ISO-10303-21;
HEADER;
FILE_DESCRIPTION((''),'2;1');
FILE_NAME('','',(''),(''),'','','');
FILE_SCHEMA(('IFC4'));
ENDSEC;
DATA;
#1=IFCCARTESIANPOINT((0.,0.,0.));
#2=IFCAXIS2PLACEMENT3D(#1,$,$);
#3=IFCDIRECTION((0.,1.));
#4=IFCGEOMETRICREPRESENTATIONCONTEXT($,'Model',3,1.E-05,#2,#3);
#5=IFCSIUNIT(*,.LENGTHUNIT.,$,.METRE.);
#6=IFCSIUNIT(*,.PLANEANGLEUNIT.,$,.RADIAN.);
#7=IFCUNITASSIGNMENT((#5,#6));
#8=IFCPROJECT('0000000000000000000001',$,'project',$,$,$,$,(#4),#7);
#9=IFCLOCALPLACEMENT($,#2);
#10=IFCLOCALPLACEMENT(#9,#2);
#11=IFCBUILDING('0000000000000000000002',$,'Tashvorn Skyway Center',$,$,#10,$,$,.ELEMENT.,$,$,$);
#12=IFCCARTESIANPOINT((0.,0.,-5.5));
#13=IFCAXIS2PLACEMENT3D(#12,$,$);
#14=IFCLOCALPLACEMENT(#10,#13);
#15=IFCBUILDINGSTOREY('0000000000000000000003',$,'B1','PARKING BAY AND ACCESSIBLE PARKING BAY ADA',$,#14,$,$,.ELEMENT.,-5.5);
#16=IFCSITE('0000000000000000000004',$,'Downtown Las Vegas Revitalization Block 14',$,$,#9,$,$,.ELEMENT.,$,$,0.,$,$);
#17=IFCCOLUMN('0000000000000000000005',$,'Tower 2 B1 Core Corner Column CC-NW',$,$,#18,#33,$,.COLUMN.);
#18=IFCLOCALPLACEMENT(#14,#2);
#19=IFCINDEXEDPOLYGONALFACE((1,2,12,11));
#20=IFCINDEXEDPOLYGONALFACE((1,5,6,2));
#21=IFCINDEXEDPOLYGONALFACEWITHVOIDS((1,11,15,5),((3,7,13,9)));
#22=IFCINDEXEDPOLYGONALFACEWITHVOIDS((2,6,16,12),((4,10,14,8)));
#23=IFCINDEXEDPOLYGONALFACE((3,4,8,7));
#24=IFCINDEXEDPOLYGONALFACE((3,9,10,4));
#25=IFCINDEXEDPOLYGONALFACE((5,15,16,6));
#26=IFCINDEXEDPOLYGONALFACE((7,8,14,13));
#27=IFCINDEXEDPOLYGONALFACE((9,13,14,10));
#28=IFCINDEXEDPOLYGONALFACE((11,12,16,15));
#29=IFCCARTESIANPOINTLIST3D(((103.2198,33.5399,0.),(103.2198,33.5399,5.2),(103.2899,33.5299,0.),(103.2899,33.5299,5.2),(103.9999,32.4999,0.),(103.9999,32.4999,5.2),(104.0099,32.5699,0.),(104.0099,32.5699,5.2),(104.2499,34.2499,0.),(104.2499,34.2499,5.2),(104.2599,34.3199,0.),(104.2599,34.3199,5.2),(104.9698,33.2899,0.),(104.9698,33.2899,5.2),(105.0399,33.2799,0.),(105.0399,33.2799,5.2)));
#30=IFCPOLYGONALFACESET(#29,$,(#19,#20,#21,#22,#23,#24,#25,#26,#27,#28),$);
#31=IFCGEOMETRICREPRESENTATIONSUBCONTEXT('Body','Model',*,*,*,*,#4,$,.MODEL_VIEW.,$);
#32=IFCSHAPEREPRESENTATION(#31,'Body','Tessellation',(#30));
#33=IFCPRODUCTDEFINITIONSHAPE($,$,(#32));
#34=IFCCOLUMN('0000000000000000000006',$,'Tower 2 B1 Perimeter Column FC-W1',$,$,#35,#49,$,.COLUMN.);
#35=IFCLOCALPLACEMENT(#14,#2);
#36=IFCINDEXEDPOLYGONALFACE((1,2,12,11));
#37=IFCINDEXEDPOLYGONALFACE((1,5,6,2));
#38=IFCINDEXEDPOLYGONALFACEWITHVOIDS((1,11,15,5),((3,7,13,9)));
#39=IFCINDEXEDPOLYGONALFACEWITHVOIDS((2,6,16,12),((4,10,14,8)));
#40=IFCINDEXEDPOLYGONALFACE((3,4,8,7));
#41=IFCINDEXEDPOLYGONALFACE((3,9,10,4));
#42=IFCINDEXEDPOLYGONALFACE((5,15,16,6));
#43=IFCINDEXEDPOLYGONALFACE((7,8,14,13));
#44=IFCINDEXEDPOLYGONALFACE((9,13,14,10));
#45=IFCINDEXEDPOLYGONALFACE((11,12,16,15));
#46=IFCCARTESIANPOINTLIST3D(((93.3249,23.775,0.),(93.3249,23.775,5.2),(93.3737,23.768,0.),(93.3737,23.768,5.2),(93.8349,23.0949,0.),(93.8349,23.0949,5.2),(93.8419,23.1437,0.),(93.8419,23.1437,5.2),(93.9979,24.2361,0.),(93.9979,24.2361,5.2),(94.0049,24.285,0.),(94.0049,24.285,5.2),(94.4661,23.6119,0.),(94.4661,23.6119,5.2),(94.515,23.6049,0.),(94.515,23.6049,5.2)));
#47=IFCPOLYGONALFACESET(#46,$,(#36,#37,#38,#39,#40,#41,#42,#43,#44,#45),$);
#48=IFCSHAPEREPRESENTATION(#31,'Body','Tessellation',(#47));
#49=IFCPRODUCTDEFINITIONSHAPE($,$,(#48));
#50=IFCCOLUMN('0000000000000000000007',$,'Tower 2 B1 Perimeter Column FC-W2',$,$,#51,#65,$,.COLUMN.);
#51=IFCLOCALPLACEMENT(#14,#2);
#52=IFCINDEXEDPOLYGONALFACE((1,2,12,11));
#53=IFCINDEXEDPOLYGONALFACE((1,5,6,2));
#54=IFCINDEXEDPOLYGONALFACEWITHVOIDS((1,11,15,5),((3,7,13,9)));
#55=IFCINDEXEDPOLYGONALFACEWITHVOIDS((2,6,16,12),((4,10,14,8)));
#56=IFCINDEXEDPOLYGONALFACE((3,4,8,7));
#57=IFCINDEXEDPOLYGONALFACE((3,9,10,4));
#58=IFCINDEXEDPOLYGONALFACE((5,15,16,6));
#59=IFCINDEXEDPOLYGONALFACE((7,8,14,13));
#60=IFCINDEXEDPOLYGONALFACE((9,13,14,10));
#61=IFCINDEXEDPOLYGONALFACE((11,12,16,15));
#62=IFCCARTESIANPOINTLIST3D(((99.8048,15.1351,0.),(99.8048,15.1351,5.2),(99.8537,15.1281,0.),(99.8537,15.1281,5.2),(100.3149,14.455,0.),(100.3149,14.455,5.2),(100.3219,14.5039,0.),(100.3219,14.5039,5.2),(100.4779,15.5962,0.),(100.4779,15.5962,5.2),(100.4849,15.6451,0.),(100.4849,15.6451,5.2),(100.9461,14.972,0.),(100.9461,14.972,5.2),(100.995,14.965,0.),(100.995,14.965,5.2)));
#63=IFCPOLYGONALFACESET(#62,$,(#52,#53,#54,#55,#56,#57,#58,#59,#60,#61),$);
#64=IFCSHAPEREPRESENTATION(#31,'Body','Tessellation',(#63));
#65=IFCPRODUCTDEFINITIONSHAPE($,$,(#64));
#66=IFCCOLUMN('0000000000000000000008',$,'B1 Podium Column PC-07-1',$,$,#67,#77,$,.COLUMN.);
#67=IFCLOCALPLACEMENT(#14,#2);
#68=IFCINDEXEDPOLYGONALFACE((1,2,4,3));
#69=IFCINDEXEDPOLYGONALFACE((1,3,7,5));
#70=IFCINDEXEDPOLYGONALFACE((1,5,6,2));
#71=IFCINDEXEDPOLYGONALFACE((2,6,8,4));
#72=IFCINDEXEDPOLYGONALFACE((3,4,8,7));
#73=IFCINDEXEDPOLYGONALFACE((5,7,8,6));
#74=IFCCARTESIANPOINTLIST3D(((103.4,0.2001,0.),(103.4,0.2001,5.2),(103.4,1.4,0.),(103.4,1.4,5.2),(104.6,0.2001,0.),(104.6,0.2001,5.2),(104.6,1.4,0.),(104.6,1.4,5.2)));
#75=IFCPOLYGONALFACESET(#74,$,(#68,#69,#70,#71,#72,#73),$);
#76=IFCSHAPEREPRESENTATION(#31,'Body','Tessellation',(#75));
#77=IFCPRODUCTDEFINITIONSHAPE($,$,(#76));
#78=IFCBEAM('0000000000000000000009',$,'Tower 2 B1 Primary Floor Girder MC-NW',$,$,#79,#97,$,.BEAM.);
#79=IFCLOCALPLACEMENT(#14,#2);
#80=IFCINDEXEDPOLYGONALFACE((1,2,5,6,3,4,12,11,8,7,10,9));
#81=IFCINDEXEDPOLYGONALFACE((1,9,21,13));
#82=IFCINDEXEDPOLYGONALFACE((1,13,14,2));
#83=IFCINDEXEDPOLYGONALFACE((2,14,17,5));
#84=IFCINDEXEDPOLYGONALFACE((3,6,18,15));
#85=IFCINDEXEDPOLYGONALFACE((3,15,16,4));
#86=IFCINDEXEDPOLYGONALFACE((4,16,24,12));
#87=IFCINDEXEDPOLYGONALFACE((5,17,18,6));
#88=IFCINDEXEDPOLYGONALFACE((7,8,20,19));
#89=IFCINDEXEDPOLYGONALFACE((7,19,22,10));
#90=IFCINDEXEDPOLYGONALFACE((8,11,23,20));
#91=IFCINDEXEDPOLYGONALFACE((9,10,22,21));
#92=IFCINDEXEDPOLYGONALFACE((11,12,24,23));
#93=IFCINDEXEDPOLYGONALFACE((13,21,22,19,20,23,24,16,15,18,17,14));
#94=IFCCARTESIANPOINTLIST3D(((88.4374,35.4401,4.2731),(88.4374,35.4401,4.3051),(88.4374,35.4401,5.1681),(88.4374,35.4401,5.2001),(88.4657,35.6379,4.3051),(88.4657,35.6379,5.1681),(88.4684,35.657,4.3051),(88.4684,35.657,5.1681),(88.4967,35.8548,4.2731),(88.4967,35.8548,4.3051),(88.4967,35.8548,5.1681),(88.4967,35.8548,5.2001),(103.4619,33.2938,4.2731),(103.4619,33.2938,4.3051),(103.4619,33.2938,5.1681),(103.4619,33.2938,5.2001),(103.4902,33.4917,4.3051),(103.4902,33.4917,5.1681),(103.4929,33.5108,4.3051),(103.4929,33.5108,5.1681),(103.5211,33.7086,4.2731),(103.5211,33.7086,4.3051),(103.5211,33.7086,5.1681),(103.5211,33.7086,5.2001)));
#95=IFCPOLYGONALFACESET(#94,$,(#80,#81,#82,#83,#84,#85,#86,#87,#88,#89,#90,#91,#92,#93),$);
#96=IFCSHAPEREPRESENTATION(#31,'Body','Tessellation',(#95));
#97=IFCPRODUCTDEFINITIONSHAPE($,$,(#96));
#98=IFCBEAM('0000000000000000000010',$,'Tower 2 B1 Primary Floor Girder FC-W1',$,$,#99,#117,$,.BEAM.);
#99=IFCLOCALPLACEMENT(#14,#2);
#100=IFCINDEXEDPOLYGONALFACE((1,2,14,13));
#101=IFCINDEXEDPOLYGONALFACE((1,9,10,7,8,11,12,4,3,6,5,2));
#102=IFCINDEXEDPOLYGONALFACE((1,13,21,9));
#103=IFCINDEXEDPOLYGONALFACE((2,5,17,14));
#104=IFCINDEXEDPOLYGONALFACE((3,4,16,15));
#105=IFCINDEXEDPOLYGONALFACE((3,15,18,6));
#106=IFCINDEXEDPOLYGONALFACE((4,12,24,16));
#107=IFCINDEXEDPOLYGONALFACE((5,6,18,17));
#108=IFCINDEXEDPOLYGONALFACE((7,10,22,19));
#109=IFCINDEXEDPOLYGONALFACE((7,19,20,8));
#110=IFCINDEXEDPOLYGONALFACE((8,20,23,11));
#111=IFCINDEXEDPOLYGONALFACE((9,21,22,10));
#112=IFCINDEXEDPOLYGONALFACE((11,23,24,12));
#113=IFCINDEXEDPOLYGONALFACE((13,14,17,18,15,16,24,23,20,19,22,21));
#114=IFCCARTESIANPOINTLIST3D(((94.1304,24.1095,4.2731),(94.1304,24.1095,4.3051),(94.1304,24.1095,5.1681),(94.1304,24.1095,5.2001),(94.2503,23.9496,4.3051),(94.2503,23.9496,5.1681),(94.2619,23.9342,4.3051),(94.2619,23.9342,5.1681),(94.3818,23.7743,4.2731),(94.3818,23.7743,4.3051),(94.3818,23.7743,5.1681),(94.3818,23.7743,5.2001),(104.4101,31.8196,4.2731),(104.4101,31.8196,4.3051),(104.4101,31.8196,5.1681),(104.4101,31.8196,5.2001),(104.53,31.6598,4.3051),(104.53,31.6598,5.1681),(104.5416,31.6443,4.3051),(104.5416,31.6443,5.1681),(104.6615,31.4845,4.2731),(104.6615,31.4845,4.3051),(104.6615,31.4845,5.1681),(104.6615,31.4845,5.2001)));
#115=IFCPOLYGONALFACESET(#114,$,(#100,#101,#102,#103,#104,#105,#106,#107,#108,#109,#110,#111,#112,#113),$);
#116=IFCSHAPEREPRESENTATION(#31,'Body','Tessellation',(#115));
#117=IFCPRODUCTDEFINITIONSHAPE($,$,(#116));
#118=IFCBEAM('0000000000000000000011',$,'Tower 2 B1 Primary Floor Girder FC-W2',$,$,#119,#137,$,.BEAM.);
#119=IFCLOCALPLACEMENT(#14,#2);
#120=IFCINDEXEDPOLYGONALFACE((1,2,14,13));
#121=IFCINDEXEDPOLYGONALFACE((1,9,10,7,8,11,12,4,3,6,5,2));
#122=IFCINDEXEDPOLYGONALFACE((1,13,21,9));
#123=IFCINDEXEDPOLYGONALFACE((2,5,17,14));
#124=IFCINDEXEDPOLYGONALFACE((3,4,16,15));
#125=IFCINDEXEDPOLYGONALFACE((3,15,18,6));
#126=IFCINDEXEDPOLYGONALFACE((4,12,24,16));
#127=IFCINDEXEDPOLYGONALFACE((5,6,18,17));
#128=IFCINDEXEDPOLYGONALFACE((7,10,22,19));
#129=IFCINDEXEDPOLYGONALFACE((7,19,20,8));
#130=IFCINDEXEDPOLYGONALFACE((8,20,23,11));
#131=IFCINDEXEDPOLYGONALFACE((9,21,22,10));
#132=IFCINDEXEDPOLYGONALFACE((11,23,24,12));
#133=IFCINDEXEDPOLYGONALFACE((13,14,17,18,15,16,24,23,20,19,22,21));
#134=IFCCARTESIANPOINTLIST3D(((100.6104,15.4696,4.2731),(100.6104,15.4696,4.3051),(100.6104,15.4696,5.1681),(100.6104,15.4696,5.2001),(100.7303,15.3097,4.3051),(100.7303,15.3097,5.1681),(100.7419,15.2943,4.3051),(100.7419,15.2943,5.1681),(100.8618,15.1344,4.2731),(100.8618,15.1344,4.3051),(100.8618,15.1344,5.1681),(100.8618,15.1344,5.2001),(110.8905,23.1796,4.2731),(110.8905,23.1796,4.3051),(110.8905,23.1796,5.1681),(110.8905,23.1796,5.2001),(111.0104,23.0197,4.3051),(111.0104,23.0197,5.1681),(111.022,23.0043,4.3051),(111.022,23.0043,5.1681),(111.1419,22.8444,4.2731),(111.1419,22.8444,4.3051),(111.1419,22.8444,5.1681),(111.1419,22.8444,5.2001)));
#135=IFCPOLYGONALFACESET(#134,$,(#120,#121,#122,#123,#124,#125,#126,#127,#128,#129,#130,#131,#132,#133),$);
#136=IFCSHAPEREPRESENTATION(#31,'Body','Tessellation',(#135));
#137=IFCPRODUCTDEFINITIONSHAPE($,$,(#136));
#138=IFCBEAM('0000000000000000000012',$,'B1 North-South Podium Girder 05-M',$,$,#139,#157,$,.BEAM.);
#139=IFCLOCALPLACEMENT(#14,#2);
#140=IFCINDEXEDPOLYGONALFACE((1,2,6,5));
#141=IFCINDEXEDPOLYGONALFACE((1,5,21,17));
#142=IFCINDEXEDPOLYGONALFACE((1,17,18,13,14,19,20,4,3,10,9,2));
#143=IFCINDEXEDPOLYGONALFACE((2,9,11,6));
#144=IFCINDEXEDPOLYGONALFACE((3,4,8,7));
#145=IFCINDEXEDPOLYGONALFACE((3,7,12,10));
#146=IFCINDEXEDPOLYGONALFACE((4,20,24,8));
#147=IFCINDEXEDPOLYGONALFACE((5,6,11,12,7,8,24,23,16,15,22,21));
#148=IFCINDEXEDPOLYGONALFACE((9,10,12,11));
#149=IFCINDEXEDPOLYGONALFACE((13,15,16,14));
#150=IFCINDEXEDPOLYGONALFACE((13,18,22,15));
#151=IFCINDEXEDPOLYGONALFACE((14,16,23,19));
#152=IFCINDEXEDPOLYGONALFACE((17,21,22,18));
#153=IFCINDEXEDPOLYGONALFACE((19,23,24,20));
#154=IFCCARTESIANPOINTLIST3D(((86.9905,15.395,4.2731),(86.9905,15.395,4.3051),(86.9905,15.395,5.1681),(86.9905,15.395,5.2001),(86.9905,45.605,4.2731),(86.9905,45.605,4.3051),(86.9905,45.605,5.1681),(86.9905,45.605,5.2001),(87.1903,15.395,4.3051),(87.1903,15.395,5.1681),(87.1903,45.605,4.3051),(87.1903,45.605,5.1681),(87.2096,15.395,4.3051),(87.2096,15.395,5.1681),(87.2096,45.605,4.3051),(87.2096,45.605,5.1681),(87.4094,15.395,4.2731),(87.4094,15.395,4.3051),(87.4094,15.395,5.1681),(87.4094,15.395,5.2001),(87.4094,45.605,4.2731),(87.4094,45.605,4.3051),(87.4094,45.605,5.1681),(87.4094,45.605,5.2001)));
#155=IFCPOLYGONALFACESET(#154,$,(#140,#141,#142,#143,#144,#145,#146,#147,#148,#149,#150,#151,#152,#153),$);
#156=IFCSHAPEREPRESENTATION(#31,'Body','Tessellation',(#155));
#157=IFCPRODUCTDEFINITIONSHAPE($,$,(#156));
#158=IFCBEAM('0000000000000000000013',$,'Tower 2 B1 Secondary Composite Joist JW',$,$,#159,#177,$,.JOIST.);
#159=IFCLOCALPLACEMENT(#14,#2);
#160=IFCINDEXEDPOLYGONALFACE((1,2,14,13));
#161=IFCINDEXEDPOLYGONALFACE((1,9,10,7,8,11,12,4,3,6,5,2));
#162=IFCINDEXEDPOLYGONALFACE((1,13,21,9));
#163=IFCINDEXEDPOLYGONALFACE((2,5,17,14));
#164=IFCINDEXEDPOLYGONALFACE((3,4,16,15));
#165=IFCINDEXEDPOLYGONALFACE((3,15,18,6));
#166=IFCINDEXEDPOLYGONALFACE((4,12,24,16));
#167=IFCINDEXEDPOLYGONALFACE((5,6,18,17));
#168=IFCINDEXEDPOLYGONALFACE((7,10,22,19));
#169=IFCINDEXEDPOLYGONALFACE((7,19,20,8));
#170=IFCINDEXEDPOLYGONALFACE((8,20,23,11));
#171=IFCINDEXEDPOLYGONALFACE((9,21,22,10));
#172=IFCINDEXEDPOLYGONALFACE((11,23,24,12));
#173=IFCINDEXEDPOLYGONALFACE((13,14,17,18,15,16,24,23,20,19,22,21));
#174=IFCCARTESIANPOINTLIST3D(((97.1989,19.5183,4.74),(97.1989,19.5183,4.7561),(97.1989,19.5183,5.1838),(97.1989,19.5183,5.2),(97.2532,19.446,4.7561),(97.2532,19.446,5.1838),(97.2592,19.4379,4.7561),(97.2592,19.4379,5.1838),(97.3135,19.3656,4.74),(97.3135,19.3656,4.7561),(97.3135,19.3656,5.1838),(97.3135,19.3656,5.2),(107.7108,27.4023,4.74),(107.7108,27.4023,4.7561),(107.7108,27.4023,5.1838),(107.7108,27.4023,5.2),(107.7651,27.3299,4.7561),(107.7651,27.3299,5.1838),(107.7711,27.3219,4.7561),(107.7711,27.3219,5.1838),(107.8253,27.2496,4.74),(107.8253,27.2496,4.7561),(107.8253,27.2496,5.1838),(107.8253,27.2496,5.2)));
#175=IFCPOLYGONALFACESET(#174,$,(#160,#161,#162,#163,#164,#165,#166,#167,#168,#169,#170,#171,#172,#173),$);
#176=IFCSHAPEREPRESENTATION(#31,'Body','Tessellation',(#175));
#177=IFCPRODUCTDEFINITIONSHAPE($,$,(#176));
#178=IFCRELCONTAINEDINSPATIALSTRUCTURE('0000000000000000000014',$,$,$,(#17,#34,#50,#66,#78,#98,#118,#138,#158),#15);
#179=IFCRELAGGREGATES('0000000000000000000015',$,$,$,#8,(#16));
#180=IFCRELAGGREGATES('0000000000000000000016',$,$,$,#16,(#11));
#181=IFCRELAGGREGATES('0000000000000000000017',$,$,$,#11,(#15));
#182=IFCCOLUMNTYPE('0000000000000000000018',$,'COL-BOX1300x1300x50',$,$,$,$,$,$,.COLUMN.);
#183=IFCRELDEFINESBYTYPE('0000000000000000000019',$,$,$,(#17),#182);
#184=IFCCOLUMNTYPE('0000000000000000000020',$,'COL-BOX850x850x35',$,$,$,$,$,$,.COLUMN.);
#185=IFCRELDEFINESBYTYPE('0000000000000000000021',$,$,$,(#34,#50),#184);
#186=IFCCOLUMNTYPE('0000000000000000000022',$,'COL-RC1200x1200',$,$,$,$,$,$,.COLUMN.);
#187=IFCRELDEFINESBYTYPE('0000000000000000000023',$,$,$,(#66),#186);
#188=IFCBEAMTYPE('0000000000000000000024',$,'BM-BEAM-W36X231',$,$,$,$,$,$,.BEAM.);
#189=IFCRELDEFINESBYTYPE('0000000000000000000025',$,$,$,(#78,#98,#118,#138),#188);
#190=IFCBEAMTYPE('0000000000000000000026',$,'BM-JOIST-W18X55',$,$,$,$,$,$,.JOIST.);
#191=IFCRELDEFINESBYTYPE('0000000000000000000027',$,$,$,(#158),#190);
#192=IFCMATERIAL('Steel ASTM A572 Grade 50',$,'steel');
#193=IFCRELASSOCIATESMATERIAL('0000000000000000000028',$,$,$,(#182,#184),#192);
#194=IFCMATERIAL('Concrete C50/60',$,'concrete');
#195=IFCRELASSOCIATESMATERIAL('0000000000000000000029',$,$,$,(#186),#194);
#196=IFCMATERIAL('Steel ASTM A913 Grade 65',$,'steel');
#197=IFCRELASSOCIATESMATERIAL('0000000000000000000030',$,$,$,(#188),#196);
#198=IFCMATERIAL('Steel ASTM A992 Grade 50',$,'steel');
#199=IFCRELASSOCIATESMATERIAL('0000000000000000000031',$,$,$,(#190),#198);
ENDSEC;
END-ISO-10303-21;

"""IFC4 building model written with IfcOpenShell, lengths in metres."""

from ifc_helpers import new_model, si_unit, direction, frame, origin, origin_2d, place, context, subcontext, project, spatial, rectangle, hollow_rectangle, i_section, extrude, material, material_profile, profile_set, type_object, element, save


model = new_model("IFC4")

# Units and contexts
model_context = context("Model", 3, precision=1e-05, world=origin(), true_north=direction((0.0, 1.0)))
body_context = subcontext(model_context, "Body", "Model", "MODEL_VIEW")
ifc_project = project(units=[si_unit("LENGTHUNIT", "METRE"), si_unit("PLANEANGLEUNIT", "RADIAN")], contexts=[model_context])

# Site, building, storey
site_placement = place(None, origin())
site = spatial("IfcSite", under=ifc_project, at=site_placement, Name="Downtown Las Vegas Revitalization Block 14", CompositionType="ELEMENT", RefElevation=0.0)
building_placement = place(site_placement, origin())
building = spatial("IfcBuilding", under=site, at=building_placement, Name="Tashvorn Skyway Center", CompositionType="ELEMENT")
storey_placement = place(building_placement, frame((0.0, 0.0, -5.5)))
storey = spatial("IfcBuildingStorey", under=building, at=storey_placement, Name="B1", Description="PARKING BAY AND ACCESSIBLE PARKING BAY ADA", CompositionType="ELEMENT", Elevation=-5.5)

# Columns
ifc_material_1 = material(Name="Steel ASTM A572 Grade 50", Category="steel")
ifc_material_profile_1 = material_profile(ifc_material_1, hollow_rectangle(XDim=1.3, YDim=1.3, WallThickness=0.05, at=origin_2d()), Name="BOX1300x1300x50")
ifc_profile_set_1 = profile_set([ifc_material_profile_1], Name="Steel ASTM A572 Grade 50")
column_type_1 = type_object("IfcColumnType", Name="COL-BOX1300x1300x50", PredefinedType="COLUMN", material=ifc_profile_set_1)
column_1_placement = place(storey_placement, frame((104.1299, 33.4099, 0.0), z_axis=(0.0, 0.0, 1.0), x_axis=(0.8, 0.6, 0.0)))
element("IfcColumn", 1, at=column_1_placement, inside=storey, type_object=column_type_1, Name="Tower 2 B1 Core Corner Column CC-NW", PredefinedType="COLUMN", context=body_context, shape_type="SweptSolid", body=[
    extrude(hollow_rectangle(XDim=1.3, YDim=1.3, WallThickness=0.05, at=origin_2d()), origin(), (0.0, 0.0, 1.0), 5.2),
])
ifc_material_profile_2 = material_profile(ifc_material_1, hollow_rectangle(XDim=0.8501, YDim=0.8501, WallThickness=0.0349, at=origin_2d()), Name="BOX850x850x35")
ifc_profile_set_2 = profile_set([ifc_material_profile_2], Name="Steel ASTM A572 Grade 50")
column_type_2 = type_object("IfcColumnType", Name="COL-BOX850x850x35", PredefinedType="COLUMN", material=ifc_profile_set_2)
for number, where, z_axis, x_axis, name in (
    (2, (93.9199, 23.6899, 0.0), (0.0, 0.0, 1.0), (0.8, 0.6, 0.0), "Tower 2 B1 Perimeter Column FC-W1"),
    (3, (100.3999, 15.05, 0.0), (0.0, 0.0, 1.0), (0.8, 0.6, 0.0), "Tower 2 B1 Perimeter Column FC-W2"),
):
    element("IfcColumn", number, at=place(storey_placement, frame(where, z_axis=z_axis, x_axis=x_axis)), inside=storey, type_object=column_type_2, Name=name, PredefinedType="COLUMN", context=body_context, shape_type="SweptSolid", body=[
        extrude(hollow_rectangle(XDim=0.8501, YDim=0.8501, WallThickness=0.0349, at=origin_2d()), origin(), (0.0, 0.0, 1.0), 5.2),
    ])
ifc_material_2 = material(Name="Concrete C50/60", Category="concrete")
ifc_material_profile_3 = material_profile(ifc_material_2, rectangle(XDim=1.2, YDim=1.2, at=origin_2d()), Name="RC1200x1200")
ifc_profile_set_3 = profile_set([ifc_material_profile_3], Name="Concrete C50/60")
column_type_3 = type_object("IfcColumnType", Name="COL-RC1200x1200", PredefinedType="COLUMN", material=ifc_profile_set_3)
column_2_placement = place(storey_placement, frame((104.0, 0.8, 0.0), z_axis=(0.0, 0.0, 1.0), x_axis=(1.0, 0.0, 0.0)))
element("IfcColumn", 4, at=column_2_placement, inside=storey, type_object=column_type_3, Name="B1 Podium Column PC-07-1", PredefinedType="COLUMN", context=body_context, shape_type="SweptSolid", body=[
    extrude(rectangle(XDim=1.2, YDim=1.2, at=origin_2d()), origin(), (0.0, 0.0, 1.0), 5.2),
])

# Beams
ifc_material_3 = material(Name="Steel ASTM A913 Grade 65", Category="steel")
ifc_material_profile_4 = material_profile(ifc_material_3, i_section(OverallWidth=0.4189, OverallDepth=0.927, WebThickness=0.0193, FlangeThickness=0.032, at=origin_2d()), Name="W36X231")
ifc_profile_set_4 = profile_set([ifc_material_profile_4], Name="Steel ASTM A913 Grade 65")
beam_type_1 = type_object("IfcBeamType", Name="BM-BEAM-W36X231", PredefinedType="BEAM", material=ifc_profile_set_4)
beam_1_placement = place(storey_placement, frame((88.467, 35.6475, 4.7366), z_axis=(0.98995, -0.141415, 0.0), x_axis=(0.141415, 0.98995, 0.0)))
element("IfcBeam", 5, at=beam_1_placement, inside=storey, type_object=beam_type_1, Name="Tower 2 B1 Primary Floor Girder MC-NW", PredefinedType="BEAM", context=body_context, shape_type="SweptSolid", body=[
    extrude(i_section(OverallWidth=0.4189, OverallDepth=0.927, WebThickness=0.0193, FlangeThickness=0.032, at=origin_2d()), origin(), (0.0, 0.0, 1.0), 15.177),
])
beam_2_placement = place(storey_placement, frame((94.2561, 23.9419, 4.7366), z_axis=(0.799986, 0.600018, 0.0), x_axis=(-0.600018, 0.799986, 0.0)))
element("IfcBeam", 6, at=beam_2_placement, inside=storey, type_object=beam_type_1, Name="Tower 2 B1 Primary Floor Girder FC-W1", PredefinedType="BEAM", context=body_context, shape_type="SweptSolid", body=[
    extrude(i_section(OverallWidth=0.4189, OverallDepth=0.927, WebThickness=0.0193, FlangeThickness=0.032, at=origin_2d()), origin(), (0.0, 0.0, 1.0), 12.8499),
])
beam_3_placement = place(storey_placement, frame((100.7361, 15.302, 4.7366), z_axis=(0.800002, 0.599997, 0.0), x_axis=(-0.599997, 0.800002, 0.0)))
element("IfcBeam", 7, at=beam_3_placement, inside=storey, type_object=beam_type_1, Name="Tower 2 B1 Primary Floor Girder FC-W2", PredefinedType="BEAM", context=body_context, shape_type="SweptSolid", body=[
    extrude(i_section(OverallWidth=0.4189, OverallDepth=0.927, WebThickness=0.0193, FlangeThickness=0.032, at=origin_2d()), origin(), (0.0, 0.0, 1.0), 12.8501),
])
beam_4_placement = place(storey_placement, frame((87.2, 15.395, 4.7366), z_axis=(0.0, 1.0, 0.0), x_axis=(-1.0, 0.0, 0.0)))
element("IfcBeam", 8, at=beam_4_placement, inside=storey, type_object=beam_type_1, Name="B1 North-South Podium Girder 05-M", PredefinedType="BEAM", context=body_context, shape_type="SweptSolid", body=[
    extrude(i_section(OverallWidth=0.4189, OverallDepth=0.927, WebThickness=0.0193, FlangeThickness=0.032, at=origin_2d()), origin(), (0.0, 0.0, 1.0), 30.21),
])
ifc_material_4 = material(Name="Steel ASTM A992 Grade 50", Category="steel")
ifc_material_profile_5 = material_profile(ifc_material_4, i_section(OverallWidth=0.1909, OverallDepth=0.46, WebThickness=0.01, FlangeThickness=0.0161, at=origin_2d()), Name="W18X55")
ifc_profile_set_5 = profile_set([ifc_material_profile_5], Name="Steel ASTM A992 Grade 50")
beam_type_2 = type_object("IfcBeamType", Name="BM-JOIST-W18X55", PredefinedType="JOIST", material=ifc_profile_set_5)
beam_5_placement = place(storey_placement, frame((107.7681, 27.3259, 4.97), z_axis=(-0.799998, -0.600003, 0.0), x_axis=(0.600003, -0.799998, 0.0)))
element("IfcBeam", 9, at=beam_5_placement, inside=storey, type_object=beam_type_2, Name="Tower 2 B1 Secondary Composite Joist JW", PredefinedType="JOIST", context=body_context, shape_type="SweptSolid", body=[
    extrude(i_section(OverallWidth=0.1909, OverallDepth=0.46, WebThickness=0.01, FlangeThickness=0.0161, at=origin_2d()), origin(), (0.0, 0.0, 1.0), 13.1399),
])

save(model, "model.ifc")
